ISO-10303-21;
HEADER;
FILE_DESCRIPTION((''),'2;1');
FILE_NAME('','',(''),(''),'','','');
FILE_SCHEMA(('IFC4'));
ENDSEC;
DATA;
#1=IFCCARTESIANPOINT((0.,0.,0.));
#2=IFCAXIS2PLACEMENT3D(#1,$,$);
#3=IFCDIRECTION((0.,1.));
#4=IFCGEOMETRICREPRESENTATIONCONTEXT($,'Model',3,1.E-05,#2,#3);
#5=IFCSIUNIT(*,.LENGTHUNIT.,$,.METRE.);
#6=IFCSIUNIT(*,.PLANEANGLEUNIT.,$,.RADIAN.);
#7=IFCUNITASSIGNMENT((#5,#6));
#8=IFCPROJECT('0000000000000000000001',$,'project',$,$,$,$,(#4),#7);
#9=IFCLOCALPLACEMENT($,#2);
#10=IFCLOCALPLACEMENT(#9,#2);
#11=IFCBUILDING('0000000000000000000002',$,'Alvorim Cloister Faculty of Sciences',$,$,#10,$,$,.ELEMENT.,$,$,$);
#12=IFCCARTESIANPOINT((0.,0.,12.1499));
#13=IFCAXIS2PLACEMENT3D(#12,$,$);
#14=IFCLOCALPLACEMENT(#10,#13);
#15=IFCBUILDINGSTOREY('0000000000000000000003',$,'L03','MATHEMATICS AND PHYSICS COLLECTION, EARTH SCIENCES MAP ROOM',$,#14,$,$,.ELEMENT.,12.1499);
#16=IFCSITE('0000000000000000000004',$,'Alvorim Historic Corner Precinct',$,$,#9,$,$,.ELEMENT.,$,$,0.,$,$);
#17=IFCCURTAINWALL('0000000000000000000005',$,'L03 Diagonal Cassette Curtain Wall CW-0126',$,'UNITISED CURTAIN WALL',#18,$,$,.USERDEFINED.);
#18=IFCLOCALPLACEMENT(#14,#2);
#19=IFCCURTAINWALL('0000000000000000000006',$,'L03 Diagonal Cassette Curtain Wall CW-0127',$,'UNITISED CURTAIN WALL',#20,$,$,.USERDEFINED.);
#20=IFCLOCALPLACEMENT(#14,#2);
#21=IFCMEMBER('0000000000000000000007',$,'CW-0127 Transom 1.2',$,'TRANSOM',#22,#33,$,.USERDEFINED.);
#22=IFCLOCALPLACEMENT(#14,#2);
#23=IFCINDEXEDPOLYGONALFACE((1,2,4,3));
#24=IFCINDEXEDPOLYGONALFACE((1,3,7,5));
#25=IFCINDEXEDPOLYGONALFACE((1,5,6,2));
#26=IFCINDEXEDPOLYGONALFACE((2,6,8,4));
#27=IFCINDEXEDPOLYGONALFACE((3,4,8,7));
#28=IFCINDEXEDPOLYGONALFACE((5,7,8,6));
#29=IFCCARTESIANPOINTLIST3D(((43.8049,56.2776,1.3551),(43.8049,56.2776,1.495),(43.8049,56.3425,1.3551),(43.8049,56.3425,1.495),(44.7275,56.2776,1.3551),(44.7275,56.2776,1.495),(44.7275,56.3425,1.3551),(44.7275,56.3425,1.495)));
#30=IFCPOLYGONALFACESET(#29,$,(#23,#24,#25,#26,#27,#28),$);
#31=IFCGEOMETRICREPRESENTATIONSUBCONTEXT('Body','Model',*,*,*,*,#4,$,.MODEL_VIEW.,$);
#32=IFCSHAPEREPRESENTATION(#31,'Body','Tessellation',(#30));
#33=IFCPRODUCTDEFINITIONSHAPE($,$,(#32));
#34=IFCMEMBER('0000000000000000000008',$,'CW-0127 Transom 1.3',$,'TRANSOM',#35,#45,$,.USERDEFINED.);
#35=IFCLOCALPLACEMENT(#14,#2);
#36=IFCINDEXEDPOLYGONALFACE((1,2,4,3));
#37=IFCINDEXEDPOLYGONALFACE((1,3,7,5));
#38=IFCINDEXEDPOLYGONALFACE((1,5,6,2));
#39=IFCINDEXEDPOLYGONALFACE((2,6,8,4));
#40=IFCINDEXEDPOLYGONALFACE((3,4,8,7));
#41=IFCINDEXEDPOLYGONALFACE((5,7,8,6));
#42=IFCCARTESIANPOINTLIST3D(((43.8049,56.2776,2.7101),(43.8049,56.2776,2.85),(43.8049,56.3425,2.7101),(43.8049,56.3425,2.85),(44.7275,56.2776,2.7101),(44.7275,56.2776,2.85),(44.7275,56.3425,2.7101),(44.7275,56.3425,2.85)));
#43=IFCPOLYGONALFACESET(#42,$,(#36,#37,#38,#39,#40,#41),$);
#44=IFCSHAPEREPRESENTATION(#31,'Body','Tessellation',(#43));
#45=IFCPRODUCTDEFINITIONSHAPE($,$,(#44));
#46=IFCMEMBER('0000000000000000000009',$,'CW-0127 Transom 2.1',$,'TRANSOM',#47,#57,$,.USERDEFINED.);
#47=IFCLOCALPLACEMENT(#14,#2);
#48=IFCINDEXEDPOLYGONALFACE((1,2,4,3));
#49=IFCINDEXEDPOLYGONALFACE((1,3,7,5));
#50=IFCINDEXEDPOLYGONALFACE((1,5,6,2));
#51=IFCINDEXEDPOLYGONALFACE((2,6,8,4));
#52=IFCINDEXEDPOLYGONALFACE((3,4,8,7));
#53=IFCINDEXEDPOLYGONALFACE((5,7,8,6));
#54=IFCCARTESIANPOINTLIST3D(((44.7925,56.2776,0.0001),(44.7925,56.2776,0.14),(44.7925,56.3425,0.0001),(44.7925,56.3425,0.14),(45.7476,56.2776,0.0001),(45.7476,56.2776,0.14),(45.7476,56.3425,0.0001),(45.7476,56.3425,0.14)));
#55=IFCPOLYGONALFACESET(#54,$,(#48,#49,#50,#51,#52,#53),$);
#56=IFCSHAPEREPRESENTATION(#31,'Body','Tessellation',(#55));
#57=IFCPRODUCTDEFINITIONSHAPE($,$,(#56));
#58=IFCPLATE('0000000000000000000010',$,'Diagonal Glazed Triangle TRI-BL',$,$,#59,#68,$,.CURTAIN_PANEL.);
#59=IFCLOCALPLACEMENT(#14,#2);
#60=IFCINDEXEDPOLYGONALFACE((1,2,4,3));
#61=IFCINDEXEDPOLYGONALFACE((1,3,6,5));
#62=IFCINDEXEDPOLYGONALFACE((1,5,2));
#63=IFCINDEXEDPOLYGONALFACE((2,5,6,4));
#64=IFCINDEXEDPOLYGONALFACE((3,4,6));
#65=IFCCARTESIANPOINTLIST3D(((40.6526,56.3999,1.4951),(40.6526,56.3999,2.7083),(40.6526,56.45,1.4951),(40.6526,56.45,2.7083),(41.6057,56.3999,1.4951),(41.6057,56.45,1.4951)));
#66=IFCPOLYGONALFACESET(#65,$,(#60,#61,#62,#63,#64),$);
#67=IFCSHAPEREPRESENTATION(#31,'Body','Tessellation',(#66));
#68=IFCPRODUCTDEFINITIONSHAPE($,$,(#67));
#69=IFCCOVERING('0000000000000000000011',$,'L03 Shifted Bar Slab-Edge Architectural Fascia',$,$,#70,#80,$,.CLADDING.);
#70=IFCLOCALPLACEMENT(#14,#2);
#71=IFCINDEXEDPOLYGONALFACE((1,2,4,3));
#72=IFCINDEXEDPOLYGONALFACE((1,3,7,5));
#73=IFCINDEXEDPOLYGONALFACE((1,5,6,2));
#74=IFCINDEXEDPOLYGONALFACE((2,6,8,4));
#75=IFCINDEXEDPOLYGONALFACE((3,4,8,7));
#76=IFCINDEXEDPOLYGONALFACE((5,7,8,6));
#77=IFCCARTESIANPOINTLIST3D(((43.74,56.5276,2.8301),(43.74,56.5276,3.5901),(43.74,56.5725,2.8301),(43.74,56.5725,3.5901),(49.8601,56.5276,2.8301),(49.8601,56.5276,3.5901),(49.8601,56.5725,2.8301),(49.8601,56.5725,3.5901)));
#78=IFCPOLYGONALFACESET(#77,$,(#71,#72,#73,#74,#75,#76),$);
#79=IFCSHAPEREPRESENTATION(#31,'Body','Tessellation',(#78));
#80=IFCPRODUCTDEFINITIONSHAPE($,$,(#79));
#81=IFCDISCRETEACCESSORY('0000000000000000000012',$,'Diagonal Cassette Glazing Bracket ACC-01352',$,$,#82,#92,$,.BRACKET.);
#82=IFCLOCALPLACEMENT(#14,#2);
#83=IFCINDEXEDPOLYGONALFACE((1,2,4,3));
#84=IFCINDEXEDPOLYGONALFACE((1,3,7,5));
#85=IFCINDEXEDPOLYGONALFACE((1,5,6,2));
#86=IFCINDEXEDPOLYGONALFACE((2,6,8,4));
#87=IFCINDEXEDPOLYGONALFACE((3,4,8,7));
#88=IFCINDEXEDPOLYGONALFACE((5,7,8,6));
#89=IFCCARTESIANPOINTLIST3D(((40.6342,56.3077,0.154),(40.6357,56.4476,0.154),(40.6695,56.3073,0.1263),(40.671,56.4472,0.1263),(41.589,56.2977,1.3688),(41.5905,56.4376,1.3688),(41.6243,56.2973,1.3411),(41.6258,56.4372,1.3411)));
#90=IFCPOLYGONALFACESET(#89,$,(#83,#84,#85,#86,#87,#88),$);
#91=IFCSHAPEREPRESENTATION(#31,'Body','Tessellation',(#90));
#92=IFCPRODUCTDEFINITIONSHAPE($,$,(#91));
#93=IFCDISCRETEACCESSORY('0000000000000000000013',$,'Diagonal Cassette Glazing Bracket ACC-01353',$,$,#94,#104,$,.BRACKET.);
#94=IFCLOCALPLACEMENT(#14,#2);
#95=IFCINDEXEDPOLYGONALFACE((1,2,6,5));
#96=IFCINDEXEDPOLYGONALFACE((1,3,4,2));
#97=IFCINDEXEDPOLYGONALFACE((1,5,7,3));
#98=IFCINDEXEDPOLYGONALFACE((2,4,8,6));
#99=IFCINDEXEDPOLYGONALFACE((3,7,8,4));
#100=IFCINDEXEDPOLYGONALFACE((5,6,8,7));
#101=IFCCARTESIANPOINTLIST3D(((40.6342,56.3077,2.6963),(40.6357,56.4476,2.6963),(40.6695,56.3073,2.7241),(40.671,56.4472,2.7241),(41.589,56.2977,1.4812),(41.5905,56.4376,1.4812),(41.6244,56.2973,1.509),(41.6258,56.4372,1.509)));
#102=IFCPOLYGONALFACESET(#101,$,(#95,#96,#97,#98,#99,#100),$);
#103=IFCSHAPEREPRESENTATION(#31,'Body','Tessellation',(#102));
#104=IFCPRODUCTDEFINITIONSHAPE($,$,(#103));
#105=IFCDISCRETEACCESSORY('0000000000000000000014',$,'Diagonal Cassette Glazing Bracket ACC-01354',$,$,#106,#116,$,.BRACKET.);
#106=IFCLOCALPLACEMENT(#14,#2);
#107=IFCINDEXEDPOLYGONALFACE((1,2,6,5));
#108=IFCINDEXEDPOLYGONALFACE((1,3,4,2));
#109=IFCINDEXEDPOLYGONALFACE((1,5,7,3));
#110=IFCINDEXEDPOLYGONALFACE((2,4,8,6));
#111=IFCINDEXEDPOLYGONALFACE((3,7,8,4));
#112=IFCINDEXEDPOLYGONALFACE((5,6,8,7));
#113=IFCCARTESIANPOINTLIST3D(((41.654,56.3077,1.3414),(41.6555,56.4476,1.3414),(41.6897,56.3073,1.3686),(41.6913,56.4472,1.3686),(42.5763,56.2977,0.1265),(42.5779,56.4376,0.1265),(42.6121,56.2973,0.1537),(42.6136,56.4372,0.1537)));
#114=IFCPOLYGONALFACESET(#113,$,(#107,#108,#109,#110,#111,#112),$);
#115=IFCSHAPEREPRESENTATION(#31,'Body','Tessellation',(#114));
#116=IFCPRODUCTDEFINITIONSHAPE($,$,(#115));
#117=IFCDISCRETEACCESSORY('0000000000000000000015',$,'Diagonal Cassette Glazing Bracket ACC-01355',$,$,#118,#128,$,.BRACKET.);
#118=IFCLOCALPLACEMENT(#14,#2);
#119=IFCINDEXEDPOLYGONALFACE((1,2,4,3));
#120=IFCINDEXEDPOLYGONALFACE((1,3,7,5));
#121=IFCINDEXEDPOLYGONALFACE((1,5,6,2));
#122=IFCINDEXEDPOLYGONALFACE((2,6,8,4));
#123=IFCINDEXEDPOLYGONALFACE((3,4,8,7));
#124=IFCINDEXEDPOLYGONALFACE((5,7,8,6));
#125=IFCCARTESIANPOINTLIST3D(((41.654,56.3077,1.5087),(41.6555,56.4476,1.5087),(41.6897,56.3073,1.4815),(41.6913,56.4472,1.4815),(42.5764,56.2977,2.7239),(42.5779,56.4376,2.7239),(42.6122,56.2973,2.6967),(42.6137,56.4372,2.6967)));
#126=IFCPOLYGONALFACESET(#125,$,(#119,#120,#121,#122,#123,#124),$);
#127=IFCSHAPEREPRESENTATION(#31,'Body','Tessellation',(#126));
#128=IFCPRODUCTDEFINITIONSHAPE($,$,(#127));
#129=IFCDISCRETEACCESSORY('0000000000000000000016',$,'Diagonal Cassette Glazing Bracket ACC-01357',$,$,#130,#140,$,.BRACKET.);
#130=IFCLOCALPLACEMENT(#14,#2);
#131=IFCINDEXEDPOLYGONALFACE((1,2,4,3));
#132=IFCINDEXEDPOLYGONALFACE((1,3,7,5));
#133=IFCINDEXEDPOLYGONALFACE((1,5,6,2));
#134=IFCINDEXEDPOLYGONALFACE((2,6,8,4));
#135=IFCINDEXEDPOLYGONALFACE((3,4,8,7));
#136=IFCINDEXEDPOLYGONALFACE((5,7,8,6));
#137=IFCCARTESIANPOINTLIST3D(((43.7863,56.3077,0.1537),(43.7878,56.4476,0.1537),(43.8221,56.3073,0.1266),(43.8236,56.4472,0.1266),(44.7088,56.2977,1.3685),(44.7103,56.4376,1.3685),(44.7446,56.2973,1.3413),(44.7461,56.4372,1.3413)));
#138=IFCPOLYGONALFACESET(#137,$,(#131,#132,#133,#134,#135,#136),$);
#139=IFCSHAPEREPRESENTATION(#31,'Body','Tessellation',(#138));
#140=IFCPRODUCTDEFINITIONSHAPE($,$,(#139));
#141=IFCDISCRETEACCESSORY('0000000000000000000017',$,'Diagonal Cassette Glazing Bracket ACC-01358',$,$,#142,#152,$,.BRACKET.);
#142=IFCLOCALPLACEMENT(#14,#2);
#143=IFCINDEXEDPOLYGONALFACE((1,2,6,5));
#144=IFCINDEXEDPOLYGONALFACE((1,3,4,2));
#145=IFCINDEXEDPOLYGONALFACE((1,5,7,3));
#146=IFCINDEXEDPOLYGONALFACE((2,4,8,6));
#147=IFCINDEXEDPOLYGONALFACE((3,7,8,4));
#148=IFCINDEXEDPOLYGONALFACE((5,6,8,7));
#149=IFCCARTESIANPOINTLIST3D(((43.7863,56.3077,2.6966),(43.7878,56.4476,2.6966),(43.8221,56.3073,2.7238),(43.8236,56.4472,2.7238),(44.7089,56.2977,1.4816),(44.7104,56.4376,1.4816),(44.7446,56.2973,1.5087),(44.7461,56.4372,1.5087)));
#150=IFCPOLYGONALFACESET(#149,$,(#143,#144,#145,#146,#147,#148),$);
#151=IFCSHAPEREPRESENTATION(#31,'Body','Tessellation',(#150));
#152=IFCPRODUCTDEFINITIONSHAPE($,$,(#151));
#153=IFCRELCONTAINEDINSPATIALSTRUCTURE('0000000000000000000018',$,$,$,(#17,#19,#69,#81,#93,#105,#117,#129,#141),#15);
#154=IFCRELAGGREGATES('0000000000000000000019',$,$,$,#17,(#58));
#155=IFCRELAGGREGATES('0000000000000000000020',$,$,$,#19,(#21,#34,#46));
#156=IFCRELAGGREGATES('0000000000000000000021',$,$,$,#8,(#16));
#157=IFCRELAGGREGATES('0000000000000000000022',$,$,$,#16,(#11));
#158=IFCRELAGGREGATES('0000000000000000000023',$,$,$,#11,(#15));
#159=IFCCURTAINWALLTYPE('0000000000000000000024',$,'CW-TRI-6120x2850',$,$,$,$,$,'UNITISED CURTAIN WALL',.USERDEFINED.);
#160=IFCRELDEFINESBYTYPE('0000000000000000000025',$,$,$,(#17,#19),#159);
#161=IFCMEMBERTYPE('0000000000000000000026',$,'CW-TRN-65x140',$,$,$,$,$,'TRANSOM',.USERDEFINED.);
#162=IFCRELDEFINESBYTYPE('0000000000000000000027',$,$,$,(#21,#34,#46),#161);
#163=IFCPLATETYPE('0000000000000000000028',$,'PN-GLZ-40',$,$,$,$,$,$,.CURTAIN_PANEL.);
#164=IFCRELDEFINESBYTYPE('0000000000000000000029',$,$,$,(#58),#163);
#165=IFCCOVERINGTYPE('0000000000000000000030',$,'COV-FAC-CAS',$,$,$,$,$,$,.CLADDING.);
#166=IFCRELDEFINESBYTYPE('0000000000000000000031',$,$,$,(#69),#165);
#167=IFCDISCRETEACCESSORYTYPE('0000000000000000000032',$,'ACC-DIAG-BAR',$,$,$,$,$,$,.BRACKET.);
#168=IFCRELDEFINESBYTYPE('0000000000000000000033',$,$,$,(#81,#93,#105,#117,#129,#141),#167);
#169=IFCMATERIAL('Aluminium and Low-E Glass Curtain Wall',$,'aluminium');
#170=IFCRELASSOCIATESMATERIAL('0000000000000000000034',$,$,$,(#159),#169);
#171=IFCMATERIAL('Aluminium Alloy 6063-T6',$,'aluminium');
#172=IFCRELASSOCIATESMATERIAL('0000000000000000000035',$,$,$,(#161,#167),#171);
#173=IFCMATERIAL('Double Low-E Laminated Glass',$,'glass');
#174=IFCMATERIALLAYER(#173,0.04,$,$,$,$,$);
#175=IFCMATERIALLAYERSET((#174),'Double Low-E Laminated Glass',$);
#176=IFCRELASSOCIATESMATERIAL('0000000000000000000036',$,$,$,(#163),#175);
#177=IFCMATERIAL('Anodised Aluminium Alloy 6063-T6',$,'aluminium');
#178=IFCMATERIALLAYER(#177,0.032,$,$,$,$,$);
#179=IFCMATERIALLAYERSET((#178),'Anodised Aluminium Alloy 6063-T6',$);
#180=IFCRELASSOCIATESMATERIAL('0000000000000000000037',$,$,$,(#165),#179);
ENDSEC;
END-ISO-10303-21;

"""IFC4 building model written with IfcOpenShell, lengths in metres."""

from ifc_helpers import new_model, si_unit, direction, frame, origin, origin_2d, place, context, subcontext, project, spatial, polyline, rectangle, outline, extrude, material, layer, layer_set, material_profile, profile_set, type_object, element, aggregate, save


model = new_model("IFC4")

# Units and contexts
model_context = context("Model", 3, precision=1e-05, world=origin(), true_north=direction((0.0, 1.0)))
body_context = subcontext(model_context, "Body", "Model", "MODEL_VIEW")
ifc_project = project(units=[si_unit("LENGTHUNIT", "METRE"), si_unit("PLANEANGLEUNIT", "RADIAN")], contexts=[model_context])

# Site, building, storey
site_placement = place(None, origin())
site = spatial("IfcSite", under=ifc_project, at=site_placement, Name="Alvorim Historic Corner Precinct", CompositionType="ELEMENT", RefElevation=0.0)
building_placement = place(site_placement, origin())
building = spatial("IfcBuilding", under=site, at=building_placement, Name="Alvorim Cloister Faculty of Sciences", CompositionType="ELEMENT")
storey_placement = place(building_placement, frame((0.0, 0.0, 12.1499)))
storey = spatial("IfcBuildingStorey", under=building, at=storey_placement, Name="L03", Description="MATHEMATICS AND PHYSICS COLLECTION, EARTH SCIENCES MAP ROOM", CompositionType="ELEMENT", Elevation=12.1499)

# Curtain walls
ifc_material_1 = material(Name="Aluminium and Low-E Glass Curtain Wall", Category="aluminium")
curtain_wall_type = type_object("IfcCurtainWallType", Name="CW-TRI-6120x2850", ElementType="UNITISED CURTAIN WALL", PredefinedType="USERDEFINED", material=ifc_material_1)
curtain_wall_1_placement = place(storey_placement, origin())
curtain_wall_1 = element("IfcCurtainWall", 1, at=curtain_wall_1_placement, inside=storey, type_object=curtain_wall_type, Name="L03 Diagonal Cassette Curtain Wall CW-0126", ObjectType="UNITISED CURTAIN WALL", PredefinedType="USERDEFINED")
ifc_material_2 = material(Name="Aluminium Alloy 6063-T6", Category="aluminium")
curtain_wall_2_placement = place(storey_placement, origin())
curtain_wall_2 = element("IfcCurtainWall", 2, at=curtain_wall_2_placement, inside=storey, type_object=curtain_wall_type, Name="L03 Diagonal Cassette Curtain Wall CW-0127", ObjectType="UNITISED CURTAIN WALL", PredefinedType="USERDEFINED")

# Members
ifc_material_profile_1 = material_profile(ifc_material_2, rectangle(XDim=0.0649, YDim=0.1399, at=origin_2d()), Name="ALU-TRN-65x140")
ifc_profile_set_1 = profile_set([ifc_material_profile_1], Name="Aluminium Alloy 6063-T6")
member_type_1 = type_object("IfcMemberType", Name="CW-TRN-65x140", ElementType="TRANSOM", PredefinedType="USERDEFINED", material=ifc_profile_set_1)
member_1_placement = place(storey_placement, frame((43.8049, 56.3101, 1.425), z_axis=(1.0, 0.0, 0.0), x_axis=(0.0, 1.0, 0.0)))
member_1 = element("IfcMember", 3, at=member_1_placement, type_object=member_type_1, Name="CW-0127 Transom 1.2", ObjectType="TRANSOM", PredefinedType="USERDEFINED", context=body_context, shape_type="SweptSolid", body=[
    extrude(rectangle(XDim=0.0649, YDim=0.1399, at=origin_2d()), origin(), (0.0, 0.0, 1.0), 0.9226),
])
member_2_placement = place(storey_placement, frame((43.8049, 56.3101, 2.78), z_axis=(1.0, 0.0, 0.0), x_axis=(0.0, 1.0, 0.0)))
member_2 = element("IfcMember", 4, at=member_2_placement, type_object=member_type_1, Name="CW-0127 Transom 1.3", ObjectType="TRANSOM", PredefinedType="USERDEFINED", context=body_context, shape_type="SweptSolid", body=[
    extrude(rectangle(XDim=0.0649, YDim=0.1399, at=origin_2d()), origin(), (0.0, 0.0, 1.0), 0.9226),
])
member_3_placement = place(storey_placement, frame((44.7925, 56.3101, 0.0701), z_axis=(1.0, 0.0, 0.0), x_axis=(0.0, 1.0, 0.0)))
member_3 = element("IfcMember", 5, at=member_3_placement, type_object=member_type_1, Name="CW-0127 Transom 2.1", ObjectType="TRANSOM", PredefinedType="USERDEFINED", context=body_context, shape_type="SweptSolid", body=[
    extrude(rectangle(XDim=0.0649, YDim=0.1399, at=origin_2d()), origin(), (0.0, 0.0, 1.0), 0.9551),
])

# Plate
ifc_material_3 = material(Name="Double Low-E Laminated Glass", Category="glass")
ifc_layer_1 = layer(ifc_material_3, 0.04)
ifc_layer_set_1 = layer_set([ifc_layer_1], Name="Double Low-E Laminated Glass")
plate_type = type_object("IfcPlateType", Name="PN-GLZ-40", PredefinedType="CURTAIN_PANEL", material=ifc_layer_set_1)
plate_1_placement = place(storey_placement, frame((40.6526, 56.425, 1.4951), z_axis=(0.0, 0.0, 1.0), x_axis=(1.0, 0.0, 0.0)))
plate_1 = element("IfcPlate", 6, at=plate_1_placement, type_object=plate_type, Name="Diagonal Glazed Triangle TRI-BL", PredefinedType="CURTAIN_PANEL", context=body_context, shape_type="SweptSolid", body=[
    extrude(outline(polyline([(0.0, 0.0), (0.9531, 0.0), (0.0, 1.2131), (0.0, 0.0)])), frame((0.0, 0.0249, 0.0), z_axis=(0.0, -1.0, 0.0), x_axis=(1.0, 0.0, 0.0)), (0.0, 0.0, 1.0), 0.05),
])
aggregate(curtain_wall_1, [plate_1])
aggregate(curtain_wall_2, [member_1, member_2, member_3])

# Covering
ifc_material_4 = material(Name="Anodised Aluminium Alloy 6063-T6", Category="aluminium")
ifc_layer_2 = layer(ifc_material_4, 0.032)
ifc_layer_set_2 = layer_set([ifc_layer_2], Name="Anodised Aluminium Alloy 6063-T6")
covering_type = type_object("IfcCoveringType", Name="COV-FAC-CAS", PredefinedType="CLADDING", material=ifc_layer_set_2)
covering_placement = place(storey_placement, frame((43.74, 56.55, 2.8301), z_axis=(0.0, 0.0, 1.0), x_axis=(1.0, 0.0, 0.0)))
element("IfcCovering", 7, at=covering_placement, inside=storey, type_object=covering_type, Name="L03 Shifted Bar Slab-Edge Architectural Fascia", PredefinedType="CLADDING", context=body_context, shape_type="SweptSolid", body=[
    extrude(outline(polyline([(0.0, 0.0), (6.1201, 0.0), (6.1201, 0.76), (0.0, 0.76), (0.0, 0.0)])), frame((0.0, 0.0225, 0.0), z_axis=(0.0, -1.0, 0.0), x_axis=(1.0, 0.0, 0.0)), (0.0, 0.0, 1.0), 0.0449),
])

# Discrete accessories
discrete_accessory_type = type_object("IfcDiscreteAccessoryType", Name="ACC-DIAG-BAR", PredefinedType="BRACKET", material=ifc_material_2)
discrete_accessory_1_placement = place(storey_placement, frame((40.6526, 56.3774, 0.1401), z_axis=(0.617934, -0.006478, 0.786203), x_axis=(0.010483, 0.999945, 0.0)))
element("IfcDiscreteAccessory", 8, at=discrete_accessory_1_placement, inside=storey, type_object=discrete_accessory_type, Name="Diagonal Cassette Glazing Bracket ACC-01352", PredefinedType="BRACKET", context=body_context, shape_type="SweptSolid", body=[
    extrude(rectangle(XDim=0.1399, YDim=0.0449, at=origin_2d()), origin(), (0.0, 0.0, 1.0), 1.5452),
])
discrete_accessory_2_placement = place(storey_placement, frame((40.6526, 56.3774, 2.7102), z_axis=(0.617857, -0.006477, -0.786263), x_axis=(0.010483, 0.999945, 0.0)))
element("IfcDiscreteAccessory", 9, at=discrete_accessory_2_placement, inside=storey, type_object=discrete_accessory_type, Name="Diagonal Cassette Glazing Bracket ACC-01353", PredefinedType="BRACKET", context=body_context, shape_type="SweptSolid", body=[
    extrude(rectangle(XDim=0.1399, YDim=0.0449, at=origin_2d()), origin(), (0.0, 0.0, 1.0), 1.5454),
])
discrete_accessory_3_placement = place(storey_placement, frame((41.6726, 56.3774, 1.355), z_axis=(0.604689, -0.006562, -0.796435), x_axis=(0.010852, 0.999941, 0.0)))
element("IfcDiscreteAccessory", 10, at=discrete_accessory_3_placement, inside=storey, type_object=discrete_accessory_type, Name="Diagonal Cassette Glazing Bracket ACC-01354", PredefinedType="BRACKET", context=body_context, shape_type="SweptSolid", body=[
    extrude(rectangle(XDim=0.1399, YDim=0.0449, at=origin_2d()), origin(), (0.0, 0.0, 1.0), 1.5254),
])
discrete_accessory_4_placement = place(storey_placement, frame((41.6726, 56.3774, 1.4951), z_axis=(0.604612, -0.006561, 0.796493), x_axis=(0.010852, 0.999941, 0.0)))
element("IfcDiscreteAccessory", 11, at=discrete_accessory_4_placement, inside=storey, type_object=discrete_accessory_type, Name="Diagonal Cassette Glazing Bracket ACC-01355", PredefinedType="BRACKET", context=body_context, shape_type="SweptSolid", body=[
    extrude(rectangle(XDim=0.1399, YDim=0.0449, at=origin_2d()), origin(), (0.0, 0.0, 1.0), 1.5256),
])
discrete_accessory_5_placement = place(storey_placement, frame((43.8049, 56.3774, 0.1401), z_axis=(0.60479, -0.006562, 0.796358), x_axis=(0.010849, 0.999941, 0.0)))
element("IfcDiscreteAccessory", 12, at=discrete_accessory_5_placement, inside=storey, type_object=discrete_accessory_type, Name="Diagonal Cassette Glazing Bracket ACC-01357", PredefinedType="BRACKET", context=body_context, shape_type="SweptSolid", body=[
    extrude(rectangle(XDim=0.1399, YDim=0.0449, at=origin_2d()), origin(), (0.0, 0.0, 1.0), 1.5254),
])
discrete_accessory_6_placement = place(storey_placement, frame((43.8049, 56.3774, 2.7102), z_axis=(0.604713, -0.006561, -0.796416), x_axis=(0.010849, 0.999941, 0.0)))
element("IfcDiscreteAccessory", 13, at=discrete_accessory_6_placement, inside=storey, type_object=discrete_accessory_type, Name="Diagonal Cassette Glazing Bracket ACC-01358", PredefinedType="BRACKET", context=body_context, shape_type="SweptSolid", body=[
    extrude(rectangle(XDim=0.1399, YDim=0.0449, at=origin_2d()), origin(), (0.0, 0.0, 1.0), 1.5256),
])

save(model, "model.ifc")
